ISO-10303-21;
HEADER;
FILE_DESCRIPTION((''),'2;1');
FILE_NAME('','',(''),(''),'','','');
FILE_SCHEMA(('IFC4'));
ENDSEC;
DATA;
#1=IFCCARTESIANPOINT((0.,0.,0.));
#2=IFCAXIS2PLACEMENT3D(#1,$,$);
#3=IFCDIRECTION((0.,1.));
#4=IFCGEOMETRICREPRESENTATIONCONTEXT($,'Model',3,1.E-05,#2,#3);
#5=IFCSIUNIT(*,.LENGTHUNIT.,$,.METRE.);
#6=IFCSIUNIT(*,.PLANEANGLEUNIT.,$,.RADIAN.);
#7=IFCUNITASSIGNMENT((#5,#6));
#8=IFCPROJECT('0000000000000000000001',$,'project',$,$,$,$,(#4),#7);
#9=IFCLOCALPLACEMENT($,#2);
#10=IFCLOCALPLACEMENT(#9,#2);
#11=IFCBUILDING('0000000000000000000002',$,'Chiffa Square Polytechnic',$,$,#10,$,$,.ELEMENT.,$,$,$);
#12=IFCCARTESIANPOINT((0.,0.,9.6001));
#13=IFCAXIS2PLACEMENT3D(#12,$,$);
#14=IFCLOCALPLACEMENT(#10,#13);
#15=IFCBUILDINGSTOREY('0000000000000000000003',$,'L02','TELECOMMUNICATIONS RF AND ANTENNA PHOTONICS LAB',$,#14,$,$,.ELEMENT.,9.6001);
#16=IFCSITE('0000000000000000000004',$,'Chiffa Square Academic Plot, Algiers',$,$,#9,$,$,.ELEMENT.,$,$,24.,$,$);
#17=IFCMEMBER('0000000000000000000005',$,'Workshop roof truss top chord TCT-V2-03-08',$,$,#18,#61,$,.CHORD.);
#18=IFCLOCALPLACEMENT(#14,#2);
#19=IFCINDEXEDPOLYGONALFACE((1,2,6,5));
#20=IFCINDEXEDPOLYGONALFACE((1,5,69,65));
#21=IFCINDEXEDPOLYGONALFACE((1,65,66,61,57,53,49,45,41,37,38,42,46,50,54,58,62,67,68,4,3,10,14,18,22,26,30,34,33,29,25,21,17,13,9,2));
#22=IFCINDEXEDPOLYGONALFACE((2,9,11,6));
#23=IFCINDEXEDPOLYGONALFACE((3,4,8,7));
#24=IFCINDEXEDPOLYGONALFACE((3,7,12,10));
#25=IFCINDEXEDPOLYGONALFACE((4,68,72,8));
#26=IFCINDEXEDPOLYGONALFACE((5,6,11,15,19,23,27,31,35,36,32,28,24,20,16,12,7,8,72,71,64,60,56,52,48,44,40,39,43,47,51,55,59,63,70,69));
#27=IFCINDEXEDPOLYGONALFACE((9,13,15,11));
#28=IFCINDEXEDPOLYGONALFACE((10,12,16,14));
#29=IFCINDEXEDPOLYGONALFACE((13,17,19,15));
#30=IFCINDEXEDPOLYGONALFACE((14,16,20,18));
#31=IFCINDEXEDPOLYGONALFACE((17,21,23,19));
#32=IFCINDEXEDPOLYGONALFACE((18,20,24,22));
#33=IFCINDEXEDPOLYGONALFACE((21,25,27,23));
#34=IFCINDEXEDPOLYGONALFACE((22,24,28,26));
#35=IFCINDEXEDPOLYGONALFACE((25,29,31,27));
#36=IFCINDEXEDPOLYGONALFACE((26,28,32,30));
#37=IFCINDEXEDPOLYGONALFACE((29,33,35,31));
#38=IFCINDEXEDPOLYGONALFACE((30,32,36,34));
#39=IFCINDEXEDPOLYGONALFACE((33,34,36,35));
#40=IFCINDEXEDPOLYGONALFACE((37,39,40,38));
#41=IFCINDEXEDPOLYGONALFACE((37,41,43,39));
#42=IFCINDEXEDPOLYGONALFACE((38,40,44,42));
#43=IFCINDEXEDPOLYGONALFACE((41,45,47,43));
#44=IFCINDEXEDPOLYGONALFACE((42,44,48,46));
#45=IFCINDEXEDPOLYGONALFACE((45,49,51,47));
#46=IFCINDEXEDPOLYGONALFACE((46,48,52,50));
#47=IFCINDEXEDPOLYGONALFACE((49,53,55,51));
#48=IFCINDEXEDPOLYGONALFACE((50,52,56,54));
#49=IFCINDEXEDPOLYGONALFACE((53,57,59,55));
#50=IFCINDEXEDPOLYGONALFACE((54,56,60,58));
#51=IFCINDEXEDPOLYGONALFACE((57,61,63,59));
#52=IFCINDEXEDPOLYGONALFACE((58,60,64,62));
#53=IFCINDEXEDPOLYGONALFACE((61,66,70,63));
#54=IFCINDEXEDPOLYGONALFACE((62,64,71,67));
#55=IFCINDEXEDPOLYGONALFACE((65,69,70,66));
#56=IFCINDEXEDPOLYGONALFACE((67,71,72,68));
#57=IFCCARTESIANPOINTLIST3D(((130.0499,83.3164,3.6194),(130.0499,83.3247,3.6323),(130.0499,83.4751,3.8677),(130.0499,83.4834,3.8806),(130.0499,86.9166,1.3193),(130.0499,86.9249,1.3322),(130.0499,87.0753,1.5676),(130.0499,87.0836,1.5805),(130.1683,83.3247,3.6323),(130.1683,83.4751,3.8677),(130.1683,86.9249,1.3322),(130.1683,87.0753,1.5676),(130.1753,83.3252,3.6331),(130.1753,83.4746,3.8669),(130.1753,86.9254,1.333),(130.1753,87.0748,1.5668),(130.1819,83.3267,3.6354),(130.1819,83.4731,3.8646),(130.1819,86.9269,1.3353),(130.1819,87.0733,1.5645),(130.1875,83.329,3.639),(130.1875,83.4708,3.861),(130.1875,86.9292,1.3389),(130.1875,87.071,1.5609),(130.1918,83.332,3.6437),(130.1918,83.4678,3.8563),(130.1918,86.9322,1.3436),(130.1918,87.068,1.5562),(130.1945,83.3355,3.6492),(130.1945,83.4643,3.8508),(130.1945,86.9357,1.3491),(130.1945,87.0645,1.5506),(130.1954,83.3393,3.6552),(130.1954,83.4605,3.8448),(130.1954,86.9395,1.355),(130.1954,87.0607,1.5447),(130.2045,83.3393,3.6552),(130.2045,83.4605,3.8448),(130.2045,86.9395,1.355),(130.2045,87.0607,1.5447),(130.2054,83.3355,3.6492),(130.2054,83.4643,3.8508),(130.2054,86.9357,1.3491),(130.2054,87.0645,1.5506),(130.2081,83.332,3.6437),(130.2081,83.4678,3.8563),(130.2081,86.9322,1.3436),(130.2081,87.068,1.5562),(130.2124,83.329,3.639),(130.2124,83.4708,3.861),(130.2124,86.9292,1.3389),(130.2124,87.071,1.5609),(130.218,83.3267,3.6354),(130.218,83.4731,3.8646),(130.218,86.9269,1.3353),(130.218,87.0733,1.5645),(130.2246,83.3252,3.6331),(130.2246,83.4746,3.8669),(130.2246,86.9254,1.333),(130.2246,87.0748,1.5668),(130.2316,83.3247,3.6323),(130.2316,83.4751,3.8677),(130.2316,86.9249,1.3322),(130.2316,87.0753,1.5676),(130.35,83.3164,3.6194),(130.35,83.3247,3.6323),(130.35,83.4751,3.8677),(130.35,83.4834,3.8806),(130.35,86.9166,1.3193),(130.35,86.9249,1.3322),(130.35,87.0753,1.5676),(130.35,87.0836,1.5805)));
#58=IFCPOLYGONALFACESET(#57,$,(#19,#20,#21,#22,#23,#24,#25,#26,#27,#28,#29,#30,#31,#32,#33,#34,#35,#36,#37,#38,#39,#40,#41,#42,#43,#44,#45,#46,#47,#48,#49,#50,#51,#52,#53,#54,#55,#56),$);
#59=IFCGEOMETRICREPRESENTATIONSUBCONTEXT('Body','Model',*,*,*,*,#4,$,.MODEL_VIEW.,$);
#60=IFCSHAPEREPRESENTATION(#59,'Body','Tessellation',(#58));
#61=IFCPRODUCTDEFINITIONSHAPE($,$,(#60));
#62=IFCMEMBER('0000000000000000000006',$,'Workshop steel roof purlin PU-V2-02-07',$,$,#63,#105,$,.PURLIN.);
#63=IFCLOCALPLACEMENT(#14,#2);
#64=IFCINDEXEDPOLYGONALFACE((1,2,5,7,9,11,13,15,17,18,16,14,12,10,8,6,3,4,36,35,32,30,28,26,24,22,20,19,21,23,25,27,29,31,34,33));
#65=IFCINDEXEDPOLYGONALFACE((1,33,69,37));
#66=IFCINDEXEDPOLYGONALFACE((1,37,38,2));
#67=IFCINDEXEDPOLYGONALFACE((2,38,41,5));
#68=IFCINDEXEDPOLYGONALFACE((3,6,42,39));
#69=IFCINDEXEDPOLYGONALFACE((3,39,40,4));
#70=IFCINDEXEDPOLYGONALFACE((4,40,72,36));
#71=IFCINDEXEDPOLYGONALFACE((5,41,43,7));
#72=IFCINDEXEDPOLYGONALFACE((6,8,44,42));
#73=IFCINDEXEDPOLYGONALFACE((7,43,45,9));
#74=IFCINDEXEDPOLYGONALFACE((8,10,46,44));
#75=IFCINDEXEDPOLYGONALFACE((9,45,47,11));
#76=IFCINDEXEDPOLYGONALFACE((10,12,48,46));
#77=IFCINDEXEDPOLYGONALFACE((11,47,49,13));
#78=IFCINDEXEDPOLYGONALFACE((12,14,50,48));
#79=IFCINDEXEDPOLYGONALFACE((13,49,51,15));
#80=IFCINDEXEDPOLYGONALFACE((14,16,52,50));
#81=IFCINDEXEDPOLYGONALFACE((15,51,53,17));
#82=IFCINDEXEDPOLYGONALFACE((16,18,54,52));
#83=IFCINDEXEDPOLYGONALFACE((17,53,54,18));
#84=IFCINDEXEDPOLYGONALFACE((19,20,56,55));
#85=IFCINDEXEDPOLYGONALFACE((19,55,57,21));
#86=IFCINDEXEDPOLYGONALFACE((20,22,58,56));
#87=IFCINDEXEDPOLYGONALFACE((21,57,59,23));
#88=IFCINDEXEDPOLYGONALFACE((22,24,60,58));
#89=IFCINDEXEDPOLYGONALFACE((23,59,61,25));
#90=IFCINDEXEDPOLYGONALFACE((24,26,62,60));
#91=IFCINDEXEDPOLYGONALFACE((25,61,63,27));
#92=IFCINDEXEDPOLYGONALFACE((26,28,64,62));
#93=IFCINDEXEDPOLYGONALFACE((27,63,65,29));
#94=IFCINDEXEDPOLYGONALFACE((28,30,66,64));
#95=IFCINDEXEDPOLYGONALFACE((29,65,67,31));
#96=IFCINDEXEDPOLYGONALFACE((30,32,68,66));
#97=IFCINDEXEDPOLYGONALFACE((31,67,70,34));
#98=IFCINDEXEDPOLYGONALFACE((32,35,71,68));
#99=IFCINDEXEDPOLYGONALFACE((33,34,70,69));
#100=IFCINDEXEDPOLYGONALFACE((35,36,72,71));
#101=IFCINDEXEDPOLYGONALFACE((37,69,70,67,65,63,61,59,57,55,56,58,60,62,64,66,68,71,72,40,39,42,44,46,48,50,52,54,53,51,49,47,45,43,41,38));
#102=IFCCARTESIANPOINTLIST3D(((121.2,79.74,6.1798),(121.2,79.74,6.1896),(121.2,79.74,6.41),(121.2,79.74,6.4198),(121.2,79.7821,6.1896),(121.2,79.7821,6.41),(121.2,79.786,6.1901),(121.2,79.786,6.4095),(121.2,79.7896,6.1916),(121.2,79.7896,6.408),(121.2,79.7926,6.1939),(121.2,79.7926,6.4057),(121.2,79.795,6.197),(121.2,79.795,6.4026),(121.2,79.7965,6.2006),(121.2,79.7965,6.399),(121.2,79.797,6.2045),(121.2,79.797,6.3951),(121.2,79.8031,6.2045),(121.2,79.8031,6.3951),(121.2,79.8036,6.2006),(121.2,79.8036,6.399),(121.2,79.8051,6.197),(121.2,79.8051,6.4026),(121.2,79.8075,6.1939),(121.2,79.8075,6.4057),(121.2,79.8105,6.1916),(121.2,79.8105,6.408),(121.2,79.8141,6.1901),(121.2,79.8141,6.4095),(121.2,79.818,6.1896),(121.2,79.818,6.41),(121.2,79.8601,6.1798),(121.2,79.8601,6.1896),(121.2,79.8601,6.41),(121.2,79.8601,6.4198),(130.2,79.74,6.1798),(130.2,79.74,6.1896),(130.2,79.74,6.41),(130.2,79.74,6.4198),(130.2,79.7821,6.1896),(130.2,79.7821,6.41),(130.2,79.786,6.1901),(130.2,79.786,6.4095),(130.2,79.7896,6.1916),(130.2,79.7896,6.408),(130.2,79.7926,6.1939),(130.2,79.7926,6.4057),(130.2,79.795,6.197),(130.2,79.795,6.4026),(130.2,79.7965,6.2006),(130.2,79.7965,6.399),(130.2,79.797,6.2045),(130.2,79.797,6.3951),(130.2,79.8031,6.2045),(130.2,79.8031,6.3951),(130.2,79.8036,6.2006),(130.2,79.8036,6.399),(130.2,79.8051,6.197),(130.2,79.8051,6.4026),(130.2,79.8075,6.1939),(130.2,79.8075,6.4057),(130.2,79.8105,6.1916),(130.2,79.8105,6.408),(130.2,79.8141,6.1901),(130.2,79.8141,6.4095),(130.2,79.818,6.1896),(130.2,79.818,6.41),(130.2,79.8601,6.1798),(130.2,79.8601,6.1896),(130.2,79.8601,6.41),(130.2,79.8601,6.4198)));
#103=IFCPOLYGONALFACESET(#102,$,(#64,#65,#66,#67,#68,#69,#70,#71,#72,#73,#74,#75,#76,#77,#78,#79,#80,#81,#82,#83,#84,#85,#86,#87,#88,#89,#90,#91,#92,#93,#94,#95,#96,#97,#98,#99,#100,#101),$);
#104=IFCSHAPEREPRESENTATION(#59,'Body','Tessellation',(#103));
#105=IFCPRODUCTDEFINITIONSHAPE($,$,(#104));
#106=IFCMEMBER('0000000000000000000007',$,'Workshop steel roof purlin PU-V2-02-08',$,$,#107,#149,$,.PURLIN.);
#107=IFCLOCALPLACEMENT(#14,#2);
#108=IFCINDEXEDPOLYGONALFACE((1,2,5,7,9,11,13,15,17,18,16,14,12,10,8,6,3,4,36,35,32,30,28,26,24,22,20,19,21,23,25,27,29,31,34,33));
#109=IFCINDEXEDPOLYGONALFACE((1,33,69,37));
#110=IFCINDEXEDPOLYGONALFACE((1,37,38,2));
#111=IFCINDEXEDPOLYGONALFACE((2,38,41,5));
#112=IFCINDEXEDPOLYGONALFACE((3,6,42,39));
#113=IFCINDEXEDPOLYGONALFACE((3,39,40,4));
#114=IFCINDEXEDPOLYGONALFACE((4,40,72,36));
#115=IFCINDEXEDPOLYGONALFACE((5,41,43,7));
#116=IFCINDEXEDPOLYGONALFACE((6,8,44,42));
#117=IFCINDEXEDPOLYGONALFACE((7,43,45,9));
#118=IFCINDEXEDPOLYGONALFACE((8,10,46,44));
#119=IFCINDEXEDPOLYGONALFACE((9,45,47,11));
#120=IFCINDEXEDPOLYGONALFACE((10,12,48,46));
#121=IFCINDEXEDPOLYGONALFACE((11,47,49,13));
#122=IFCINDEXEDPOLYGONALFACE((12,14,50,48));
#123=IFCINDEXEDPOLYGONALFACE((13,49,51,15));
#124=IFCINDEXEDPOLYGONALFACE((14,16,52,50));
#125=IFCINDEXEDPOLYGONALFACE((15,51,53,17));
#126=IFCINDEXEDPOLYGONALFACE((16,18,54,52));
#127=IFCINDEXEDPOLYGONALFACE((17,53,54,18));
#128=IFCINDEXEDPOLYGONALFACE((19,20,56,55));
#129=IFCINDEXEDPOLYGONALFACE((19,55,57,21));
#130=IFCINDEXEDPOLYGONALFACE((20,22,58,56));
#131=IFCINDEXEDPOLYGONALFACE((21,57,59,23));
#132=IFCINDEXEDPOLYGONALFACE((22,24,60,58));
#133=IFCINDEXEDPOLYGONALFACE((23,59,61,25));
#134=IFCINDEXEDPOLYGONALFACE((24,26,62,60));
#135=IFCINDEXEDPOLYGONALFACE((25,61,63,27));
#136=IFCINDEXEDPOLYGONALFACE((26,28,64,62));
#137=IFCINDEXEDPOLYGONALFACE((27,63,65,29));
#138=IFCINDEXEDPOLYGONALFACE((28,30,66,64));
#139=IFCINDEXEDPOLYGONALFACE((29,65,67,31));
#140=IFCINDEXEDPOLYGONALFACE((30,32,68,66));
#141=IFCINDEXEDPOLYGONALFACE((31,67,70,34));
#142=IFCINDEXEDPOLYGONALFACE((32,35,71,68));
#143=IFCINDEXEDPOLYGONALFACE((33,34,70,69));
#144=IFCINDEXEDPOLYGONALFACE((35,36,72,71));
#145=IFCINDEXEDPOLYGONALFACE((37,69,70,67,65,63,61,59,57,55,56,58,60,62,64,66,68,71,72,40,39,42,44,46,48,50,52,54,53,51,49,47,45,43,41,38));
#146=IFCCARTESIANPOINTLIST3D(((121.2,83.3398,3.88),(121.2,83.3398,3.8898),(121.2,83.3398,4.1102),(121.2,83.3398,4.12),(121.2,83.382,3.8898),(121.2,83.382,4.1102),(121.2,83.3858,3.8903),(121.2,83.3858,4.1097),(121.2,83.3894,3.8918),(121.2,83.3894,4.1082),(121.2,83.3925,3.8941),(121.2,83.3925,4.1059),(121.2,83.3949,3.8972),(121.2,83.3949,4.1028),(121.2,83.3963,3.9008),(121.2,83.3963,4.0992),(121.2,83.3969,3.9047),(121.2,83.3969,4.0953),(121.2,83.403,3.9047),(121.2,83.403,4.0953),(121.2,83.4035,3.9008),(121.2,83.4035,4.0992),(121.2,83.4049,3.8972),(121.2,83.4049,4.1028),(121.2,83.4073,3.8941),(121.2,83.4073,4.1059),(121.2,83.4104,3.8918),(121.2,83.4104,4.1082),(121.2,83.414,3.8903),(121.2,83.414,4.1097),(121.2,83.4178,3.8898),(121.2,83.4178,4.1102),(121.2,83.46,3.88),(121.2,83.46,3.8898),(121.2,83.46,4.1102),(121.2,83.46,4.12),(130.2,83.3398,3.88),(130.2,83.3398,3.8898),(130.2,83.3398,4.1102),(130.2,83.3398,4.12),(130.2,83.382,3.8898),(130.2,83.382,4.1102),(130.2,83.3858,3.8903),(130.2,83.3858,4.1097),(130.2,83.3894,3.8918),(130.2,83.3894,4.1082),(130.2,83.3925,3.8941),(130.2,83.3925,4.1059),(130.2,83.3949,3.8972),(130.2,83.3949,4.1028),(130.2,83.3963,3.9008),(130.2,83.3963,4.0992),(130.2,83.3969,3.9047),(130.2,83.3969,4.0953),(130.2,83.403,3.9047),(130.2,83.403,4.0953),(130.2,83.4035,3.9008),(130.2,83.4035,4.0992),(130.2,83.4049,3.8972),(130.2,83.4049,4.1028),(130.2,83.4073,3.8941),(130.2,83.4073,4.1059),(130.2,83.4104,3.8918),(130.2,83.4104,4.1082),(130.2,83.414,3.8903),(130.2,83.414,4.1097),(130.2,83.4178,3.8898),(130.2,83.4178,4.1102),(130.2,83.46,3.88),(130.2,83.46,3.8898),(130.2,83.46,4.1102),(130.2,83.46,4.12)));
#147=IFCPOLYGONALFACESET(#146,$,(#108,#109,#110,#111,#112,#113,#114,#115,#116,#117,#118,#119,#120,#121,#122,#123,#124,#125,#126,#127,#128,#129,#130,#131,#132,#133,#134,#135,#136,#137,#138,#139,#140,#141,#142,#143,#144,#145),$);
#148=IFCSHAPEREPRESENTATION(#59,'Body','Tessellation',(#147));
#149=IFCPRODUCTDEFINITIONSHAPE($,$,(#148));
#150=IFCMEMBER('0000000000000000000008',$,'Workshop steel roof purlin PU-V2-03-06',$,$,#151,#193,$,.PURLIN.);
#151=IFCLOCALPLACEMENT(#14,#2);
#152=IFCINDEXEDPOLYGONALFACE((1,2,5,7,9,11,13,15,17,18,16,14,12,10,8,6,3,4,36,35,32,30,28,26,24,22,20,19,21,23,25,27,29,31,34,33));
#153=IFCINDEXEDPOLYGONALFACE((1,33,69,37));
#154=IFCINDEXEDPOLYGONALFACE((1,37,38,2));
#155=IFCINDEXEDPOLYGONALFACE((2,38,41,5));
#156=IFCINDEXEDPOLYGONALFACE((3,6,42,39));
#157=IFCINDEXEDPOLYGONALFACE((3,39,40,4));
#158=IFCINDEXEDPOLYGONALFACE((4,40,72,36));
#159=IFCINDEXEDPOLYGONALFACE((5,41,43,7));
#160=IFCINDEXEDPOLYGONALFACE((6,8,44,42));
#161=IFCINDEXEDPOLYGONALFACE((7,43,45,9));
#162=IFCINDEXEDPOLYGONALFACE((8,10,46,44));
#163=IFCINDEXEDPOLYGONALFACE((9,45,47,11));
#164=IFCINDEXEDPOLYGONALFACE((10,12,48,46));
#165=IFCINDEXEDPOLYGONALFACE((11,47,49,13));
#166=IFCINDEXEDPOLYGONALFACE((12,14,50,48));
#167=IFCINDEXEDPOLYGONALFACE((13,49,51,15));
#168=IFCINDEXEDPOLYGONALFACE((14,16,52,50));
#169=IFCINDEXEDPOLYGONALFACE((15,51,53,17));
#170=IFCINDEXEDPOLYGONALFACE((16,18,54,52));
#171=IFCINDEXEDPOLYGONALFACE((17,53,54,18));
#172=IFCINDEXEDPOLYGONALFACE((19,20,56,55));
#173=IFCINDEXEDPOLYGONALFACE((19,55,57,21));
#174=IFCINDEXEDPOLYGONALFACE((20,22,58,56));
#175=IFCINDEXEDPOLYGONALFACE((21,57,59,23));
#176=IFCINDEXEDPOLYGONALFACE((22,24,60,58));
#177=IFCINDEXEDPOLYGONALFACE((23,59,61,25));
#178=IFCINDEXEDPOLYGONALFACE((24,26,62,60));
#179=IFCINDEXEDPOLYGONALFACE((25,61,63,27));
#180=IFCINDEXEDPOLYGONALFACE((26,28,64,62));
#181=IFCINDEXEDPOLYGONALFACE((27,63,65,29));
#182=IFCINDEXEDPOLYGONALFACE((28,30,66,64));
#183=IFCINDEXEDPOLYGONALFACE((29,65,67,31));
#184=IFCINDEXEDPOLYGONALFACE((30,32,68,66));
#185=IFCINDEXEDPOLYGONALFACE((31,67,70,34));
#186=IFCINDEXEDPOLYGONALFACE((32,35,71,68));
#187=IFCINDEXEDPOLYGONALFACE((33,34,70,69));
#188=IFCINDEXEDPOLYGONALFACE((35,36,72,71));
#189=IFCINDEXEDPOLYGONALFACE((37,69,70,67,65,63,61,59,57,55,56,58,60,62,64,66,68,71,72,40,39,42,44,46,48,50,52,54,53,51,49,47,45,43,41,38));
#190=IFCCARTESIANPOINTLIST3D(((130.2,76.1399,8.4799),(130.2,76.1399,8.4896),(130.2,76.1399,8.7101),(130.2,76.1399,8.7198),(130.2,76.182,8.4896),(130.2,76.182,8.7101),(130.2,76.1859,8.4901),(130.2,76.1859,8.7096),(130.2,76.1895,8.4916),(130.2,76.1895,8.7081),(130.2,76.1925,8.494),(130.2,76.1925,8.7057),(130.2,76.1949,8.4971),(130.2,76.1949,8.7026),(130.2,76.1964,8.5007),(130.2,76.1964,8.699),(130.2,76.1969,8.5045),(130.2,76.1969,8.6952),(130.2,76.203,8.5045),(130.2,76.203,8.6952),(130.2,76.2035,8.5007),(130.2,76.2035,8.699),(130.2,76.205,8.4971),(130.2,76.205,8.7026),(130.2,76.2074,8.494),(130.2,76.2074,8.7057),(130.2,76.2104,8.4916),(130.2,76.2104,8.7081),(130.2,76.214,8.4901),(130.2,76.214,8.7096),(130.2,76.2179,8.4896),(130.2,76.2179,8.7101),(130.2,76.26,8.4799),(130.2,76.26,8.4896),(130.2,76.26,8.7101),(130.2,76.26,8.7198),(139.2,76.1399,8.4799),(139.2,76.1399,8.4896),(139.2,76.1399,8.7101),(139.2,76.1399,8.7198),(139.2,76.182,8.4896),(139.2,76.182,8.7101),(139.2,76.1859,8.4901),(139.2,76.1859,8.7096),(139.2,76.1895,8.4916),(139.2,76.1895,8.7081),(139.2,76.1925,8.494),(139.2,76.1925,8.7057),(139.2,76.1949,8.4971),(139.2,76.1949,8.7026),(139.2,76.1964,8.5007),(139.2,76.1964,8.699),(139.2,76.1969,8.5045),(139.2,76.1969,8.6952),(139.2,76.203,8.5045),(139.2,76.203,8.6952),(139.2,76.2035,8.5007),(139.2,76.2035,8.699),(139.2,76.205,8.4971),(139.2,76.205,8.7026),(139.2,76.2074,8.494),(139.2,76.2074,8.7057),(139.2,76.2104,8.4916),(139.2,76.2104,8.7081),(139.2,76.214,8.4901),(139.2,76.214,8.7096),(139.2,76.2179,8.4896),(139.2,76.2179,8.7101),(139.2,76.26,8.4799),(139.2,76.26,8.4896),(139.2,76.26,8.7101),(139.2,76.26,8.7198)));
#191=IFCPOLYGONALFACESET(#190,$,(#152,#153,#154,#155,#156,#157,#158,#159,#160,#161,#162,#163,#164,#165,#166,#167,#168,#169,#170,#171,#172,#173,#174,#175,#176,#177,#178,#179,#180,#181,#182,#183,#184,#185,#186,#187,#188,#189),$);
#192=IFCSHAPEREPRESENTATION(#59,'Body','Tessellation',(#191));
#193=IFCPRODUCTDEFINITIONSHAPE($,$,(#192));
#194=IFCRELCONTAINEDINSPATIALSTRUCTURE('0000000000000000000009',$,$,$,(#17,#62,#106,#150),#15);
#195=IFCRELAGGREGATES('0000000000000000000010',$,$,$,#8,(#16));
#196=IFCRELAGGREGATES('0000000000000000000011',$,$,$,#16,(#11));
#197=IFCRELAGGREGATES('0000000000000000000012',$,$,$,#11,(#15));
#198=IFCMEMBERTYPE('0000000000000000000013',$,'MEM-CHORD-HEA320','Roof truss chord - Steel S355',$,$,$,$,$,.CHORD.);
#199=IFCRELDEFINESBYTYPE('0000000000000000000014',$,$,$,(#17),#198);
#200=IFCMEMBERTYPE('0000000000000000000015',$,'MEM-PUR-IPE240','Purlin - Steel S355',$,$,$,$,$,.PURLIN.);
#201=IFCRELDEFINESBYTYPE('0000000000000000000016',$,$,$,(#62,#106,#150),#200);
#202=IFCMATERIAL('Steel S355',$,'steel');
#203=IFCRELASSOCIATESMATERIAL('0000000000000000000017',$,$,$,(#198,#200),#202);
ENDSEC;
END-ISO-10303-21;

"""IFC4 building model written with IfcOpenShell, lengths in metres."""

from ifc_helpers import new_model, si_unit, direction, frame, origin, origin_2d, place, context, subcontext, project, spatial, i_section, extrude, material, material_profile, profile_set, type_object, element, save


model = new_model("IFC4")

# Units and contexts
model_context = context("Model", 3, precision=1e-05, world=origin(), true_north=direction((0.0, 1.0)))
body_context = subcontext(model_context, "Body", "Model", "MODEL_VIEW")
ifc_project = project(units=[si_unit("LENGTHUNIT", "METRE"), si_unit("PLANEANGLEUNIT", "RADIAN")], contexts=[model_context])

# Site, building, storey
site_placement = place(None, origin())
site = spatial("IfcSite", under=ifc_project, at=site_placement, Name="Chiffa Square Academic Plot, Algiers", CompositionType="ELEMENT", RefElevation=24.0)
building_placement = place(site_placement, origin())
building = spatial("IfcBuilding", under=site, at=building_placement, Name="Chiffa Square Polytechnic", CompositionType="ELEMENT")
storey_placement = place(building_placement, frame((0.0, 0.0, 9.6001)))
storey = spatial("IfcBuildingStorey", under=building, at=storey_placement, Name="L02", Description="TELECOMMUNICATIONS RF AND ANTENNA PHOTONICS LAB", CompositionType="ELEMENT", Elevation=9.6001)

# Shared definitions
ifc_material = material(Name="Steel S355", Category="steel")

# Members
ifc_material_profile_1 = material_profile(ifc_material, i_section(OverallWidth=0.3, OverallDepth=0.3101, WebThickness=0.009, FlangeThickness=0.0154, FilletRadius=0.0271, at=origin_2d()), Name="HEA 320")
ifc_profile_set_1 = profile_set([ifc_material_profile_1], Name="Steel S355")
member_type_1 = type_object("IfcMemberType", Name="MEM-CHORD-HEA320", Description="Roof truss chord - Steel S355", PredefinedType="CHORD", material=ifc_profile_set_1)
member_1_placement = place(storey_placement, frame((130.2, 83.3999, 3.75), z_axis=(0.0, 0.842698, -0.538387), x_axis=(-1.0, 0.0, 0.0)))
element("IfcMember", 1, at=member_1_placement, inside=storey, type_object=member_type_1, Name="Workshop roof truss top chord TCT-V2-03-08", PredefinedType="CHORD", context=body_context, shape_type="SweptSolid", body=[
    extrude(i_section(OverallWidth=0.3, OverallDepth=0.3101, WebThickness=0.009, FlangeThickness=0.0154, FilletRadius=0.0271, at=origin_2d()), origin(), (0.0, 0.0, 1.0), 4.2722),
])
ifc_material_profile_2 = material_profile(ifc_material, i_section(OverallWidth=0.1201, OverallDepth=0.24, WebThickness=0.0061, FlangeThickness=0.0098, FilletRadius=0.0149, at=origin_2d()), Name="IPE 240")
ifc_profile_set_2 = profile_set([ifc_material_profile_2], Name="Steel S355")
member_type_2 = type_object("IfcMemberType", Name="MEM-PUR-IPE240", Description="Purlin - Steel S355", PredefinedType="PURLIN", material=ifc_profile_set_2)
for number, where, z_axis, x_axis, name in (
    (2, (121.2, 79.8, 6.2998), (1.0, 0.0, 0.0), (0.0, 1.0, 0.0), "Workshop steel roof purlin PU-V2-02-07"),
    (3, (121.2, 83.3999, 4.0), (1.0, 0.0, 0.0), (0.0, 1.0, 0.0), "Workshop steel roof purlin PU-V2-02-08"),
    (4, (130.2, 76.2, 8.5999), (1.0, 0.0, 0.0), (0.0, 1.0, 0.0), "Workshop steel roof purlin PU-V2-03-06"),
):
    element("IfcMember", number, at=place(storey_placement, frame(where, z_axis=z_axis, x_axis=x_axis)), inside=storey, type_object=member_type_2, Name=name, PredefinedType="PURLIN", context=body_context, shape_type="SweptSolid", body=[
        extrude(i_section(OverallWidth=0.1201, OverallDepth=0.24, WebThickness=0.0061, FlangeThickness=0.0098, FilletRadius=0.0149, at=origin_2d()), origin(), (0.0, 0.0, 1.0), 9.0),
    ])

save(model, "model.ifc")
